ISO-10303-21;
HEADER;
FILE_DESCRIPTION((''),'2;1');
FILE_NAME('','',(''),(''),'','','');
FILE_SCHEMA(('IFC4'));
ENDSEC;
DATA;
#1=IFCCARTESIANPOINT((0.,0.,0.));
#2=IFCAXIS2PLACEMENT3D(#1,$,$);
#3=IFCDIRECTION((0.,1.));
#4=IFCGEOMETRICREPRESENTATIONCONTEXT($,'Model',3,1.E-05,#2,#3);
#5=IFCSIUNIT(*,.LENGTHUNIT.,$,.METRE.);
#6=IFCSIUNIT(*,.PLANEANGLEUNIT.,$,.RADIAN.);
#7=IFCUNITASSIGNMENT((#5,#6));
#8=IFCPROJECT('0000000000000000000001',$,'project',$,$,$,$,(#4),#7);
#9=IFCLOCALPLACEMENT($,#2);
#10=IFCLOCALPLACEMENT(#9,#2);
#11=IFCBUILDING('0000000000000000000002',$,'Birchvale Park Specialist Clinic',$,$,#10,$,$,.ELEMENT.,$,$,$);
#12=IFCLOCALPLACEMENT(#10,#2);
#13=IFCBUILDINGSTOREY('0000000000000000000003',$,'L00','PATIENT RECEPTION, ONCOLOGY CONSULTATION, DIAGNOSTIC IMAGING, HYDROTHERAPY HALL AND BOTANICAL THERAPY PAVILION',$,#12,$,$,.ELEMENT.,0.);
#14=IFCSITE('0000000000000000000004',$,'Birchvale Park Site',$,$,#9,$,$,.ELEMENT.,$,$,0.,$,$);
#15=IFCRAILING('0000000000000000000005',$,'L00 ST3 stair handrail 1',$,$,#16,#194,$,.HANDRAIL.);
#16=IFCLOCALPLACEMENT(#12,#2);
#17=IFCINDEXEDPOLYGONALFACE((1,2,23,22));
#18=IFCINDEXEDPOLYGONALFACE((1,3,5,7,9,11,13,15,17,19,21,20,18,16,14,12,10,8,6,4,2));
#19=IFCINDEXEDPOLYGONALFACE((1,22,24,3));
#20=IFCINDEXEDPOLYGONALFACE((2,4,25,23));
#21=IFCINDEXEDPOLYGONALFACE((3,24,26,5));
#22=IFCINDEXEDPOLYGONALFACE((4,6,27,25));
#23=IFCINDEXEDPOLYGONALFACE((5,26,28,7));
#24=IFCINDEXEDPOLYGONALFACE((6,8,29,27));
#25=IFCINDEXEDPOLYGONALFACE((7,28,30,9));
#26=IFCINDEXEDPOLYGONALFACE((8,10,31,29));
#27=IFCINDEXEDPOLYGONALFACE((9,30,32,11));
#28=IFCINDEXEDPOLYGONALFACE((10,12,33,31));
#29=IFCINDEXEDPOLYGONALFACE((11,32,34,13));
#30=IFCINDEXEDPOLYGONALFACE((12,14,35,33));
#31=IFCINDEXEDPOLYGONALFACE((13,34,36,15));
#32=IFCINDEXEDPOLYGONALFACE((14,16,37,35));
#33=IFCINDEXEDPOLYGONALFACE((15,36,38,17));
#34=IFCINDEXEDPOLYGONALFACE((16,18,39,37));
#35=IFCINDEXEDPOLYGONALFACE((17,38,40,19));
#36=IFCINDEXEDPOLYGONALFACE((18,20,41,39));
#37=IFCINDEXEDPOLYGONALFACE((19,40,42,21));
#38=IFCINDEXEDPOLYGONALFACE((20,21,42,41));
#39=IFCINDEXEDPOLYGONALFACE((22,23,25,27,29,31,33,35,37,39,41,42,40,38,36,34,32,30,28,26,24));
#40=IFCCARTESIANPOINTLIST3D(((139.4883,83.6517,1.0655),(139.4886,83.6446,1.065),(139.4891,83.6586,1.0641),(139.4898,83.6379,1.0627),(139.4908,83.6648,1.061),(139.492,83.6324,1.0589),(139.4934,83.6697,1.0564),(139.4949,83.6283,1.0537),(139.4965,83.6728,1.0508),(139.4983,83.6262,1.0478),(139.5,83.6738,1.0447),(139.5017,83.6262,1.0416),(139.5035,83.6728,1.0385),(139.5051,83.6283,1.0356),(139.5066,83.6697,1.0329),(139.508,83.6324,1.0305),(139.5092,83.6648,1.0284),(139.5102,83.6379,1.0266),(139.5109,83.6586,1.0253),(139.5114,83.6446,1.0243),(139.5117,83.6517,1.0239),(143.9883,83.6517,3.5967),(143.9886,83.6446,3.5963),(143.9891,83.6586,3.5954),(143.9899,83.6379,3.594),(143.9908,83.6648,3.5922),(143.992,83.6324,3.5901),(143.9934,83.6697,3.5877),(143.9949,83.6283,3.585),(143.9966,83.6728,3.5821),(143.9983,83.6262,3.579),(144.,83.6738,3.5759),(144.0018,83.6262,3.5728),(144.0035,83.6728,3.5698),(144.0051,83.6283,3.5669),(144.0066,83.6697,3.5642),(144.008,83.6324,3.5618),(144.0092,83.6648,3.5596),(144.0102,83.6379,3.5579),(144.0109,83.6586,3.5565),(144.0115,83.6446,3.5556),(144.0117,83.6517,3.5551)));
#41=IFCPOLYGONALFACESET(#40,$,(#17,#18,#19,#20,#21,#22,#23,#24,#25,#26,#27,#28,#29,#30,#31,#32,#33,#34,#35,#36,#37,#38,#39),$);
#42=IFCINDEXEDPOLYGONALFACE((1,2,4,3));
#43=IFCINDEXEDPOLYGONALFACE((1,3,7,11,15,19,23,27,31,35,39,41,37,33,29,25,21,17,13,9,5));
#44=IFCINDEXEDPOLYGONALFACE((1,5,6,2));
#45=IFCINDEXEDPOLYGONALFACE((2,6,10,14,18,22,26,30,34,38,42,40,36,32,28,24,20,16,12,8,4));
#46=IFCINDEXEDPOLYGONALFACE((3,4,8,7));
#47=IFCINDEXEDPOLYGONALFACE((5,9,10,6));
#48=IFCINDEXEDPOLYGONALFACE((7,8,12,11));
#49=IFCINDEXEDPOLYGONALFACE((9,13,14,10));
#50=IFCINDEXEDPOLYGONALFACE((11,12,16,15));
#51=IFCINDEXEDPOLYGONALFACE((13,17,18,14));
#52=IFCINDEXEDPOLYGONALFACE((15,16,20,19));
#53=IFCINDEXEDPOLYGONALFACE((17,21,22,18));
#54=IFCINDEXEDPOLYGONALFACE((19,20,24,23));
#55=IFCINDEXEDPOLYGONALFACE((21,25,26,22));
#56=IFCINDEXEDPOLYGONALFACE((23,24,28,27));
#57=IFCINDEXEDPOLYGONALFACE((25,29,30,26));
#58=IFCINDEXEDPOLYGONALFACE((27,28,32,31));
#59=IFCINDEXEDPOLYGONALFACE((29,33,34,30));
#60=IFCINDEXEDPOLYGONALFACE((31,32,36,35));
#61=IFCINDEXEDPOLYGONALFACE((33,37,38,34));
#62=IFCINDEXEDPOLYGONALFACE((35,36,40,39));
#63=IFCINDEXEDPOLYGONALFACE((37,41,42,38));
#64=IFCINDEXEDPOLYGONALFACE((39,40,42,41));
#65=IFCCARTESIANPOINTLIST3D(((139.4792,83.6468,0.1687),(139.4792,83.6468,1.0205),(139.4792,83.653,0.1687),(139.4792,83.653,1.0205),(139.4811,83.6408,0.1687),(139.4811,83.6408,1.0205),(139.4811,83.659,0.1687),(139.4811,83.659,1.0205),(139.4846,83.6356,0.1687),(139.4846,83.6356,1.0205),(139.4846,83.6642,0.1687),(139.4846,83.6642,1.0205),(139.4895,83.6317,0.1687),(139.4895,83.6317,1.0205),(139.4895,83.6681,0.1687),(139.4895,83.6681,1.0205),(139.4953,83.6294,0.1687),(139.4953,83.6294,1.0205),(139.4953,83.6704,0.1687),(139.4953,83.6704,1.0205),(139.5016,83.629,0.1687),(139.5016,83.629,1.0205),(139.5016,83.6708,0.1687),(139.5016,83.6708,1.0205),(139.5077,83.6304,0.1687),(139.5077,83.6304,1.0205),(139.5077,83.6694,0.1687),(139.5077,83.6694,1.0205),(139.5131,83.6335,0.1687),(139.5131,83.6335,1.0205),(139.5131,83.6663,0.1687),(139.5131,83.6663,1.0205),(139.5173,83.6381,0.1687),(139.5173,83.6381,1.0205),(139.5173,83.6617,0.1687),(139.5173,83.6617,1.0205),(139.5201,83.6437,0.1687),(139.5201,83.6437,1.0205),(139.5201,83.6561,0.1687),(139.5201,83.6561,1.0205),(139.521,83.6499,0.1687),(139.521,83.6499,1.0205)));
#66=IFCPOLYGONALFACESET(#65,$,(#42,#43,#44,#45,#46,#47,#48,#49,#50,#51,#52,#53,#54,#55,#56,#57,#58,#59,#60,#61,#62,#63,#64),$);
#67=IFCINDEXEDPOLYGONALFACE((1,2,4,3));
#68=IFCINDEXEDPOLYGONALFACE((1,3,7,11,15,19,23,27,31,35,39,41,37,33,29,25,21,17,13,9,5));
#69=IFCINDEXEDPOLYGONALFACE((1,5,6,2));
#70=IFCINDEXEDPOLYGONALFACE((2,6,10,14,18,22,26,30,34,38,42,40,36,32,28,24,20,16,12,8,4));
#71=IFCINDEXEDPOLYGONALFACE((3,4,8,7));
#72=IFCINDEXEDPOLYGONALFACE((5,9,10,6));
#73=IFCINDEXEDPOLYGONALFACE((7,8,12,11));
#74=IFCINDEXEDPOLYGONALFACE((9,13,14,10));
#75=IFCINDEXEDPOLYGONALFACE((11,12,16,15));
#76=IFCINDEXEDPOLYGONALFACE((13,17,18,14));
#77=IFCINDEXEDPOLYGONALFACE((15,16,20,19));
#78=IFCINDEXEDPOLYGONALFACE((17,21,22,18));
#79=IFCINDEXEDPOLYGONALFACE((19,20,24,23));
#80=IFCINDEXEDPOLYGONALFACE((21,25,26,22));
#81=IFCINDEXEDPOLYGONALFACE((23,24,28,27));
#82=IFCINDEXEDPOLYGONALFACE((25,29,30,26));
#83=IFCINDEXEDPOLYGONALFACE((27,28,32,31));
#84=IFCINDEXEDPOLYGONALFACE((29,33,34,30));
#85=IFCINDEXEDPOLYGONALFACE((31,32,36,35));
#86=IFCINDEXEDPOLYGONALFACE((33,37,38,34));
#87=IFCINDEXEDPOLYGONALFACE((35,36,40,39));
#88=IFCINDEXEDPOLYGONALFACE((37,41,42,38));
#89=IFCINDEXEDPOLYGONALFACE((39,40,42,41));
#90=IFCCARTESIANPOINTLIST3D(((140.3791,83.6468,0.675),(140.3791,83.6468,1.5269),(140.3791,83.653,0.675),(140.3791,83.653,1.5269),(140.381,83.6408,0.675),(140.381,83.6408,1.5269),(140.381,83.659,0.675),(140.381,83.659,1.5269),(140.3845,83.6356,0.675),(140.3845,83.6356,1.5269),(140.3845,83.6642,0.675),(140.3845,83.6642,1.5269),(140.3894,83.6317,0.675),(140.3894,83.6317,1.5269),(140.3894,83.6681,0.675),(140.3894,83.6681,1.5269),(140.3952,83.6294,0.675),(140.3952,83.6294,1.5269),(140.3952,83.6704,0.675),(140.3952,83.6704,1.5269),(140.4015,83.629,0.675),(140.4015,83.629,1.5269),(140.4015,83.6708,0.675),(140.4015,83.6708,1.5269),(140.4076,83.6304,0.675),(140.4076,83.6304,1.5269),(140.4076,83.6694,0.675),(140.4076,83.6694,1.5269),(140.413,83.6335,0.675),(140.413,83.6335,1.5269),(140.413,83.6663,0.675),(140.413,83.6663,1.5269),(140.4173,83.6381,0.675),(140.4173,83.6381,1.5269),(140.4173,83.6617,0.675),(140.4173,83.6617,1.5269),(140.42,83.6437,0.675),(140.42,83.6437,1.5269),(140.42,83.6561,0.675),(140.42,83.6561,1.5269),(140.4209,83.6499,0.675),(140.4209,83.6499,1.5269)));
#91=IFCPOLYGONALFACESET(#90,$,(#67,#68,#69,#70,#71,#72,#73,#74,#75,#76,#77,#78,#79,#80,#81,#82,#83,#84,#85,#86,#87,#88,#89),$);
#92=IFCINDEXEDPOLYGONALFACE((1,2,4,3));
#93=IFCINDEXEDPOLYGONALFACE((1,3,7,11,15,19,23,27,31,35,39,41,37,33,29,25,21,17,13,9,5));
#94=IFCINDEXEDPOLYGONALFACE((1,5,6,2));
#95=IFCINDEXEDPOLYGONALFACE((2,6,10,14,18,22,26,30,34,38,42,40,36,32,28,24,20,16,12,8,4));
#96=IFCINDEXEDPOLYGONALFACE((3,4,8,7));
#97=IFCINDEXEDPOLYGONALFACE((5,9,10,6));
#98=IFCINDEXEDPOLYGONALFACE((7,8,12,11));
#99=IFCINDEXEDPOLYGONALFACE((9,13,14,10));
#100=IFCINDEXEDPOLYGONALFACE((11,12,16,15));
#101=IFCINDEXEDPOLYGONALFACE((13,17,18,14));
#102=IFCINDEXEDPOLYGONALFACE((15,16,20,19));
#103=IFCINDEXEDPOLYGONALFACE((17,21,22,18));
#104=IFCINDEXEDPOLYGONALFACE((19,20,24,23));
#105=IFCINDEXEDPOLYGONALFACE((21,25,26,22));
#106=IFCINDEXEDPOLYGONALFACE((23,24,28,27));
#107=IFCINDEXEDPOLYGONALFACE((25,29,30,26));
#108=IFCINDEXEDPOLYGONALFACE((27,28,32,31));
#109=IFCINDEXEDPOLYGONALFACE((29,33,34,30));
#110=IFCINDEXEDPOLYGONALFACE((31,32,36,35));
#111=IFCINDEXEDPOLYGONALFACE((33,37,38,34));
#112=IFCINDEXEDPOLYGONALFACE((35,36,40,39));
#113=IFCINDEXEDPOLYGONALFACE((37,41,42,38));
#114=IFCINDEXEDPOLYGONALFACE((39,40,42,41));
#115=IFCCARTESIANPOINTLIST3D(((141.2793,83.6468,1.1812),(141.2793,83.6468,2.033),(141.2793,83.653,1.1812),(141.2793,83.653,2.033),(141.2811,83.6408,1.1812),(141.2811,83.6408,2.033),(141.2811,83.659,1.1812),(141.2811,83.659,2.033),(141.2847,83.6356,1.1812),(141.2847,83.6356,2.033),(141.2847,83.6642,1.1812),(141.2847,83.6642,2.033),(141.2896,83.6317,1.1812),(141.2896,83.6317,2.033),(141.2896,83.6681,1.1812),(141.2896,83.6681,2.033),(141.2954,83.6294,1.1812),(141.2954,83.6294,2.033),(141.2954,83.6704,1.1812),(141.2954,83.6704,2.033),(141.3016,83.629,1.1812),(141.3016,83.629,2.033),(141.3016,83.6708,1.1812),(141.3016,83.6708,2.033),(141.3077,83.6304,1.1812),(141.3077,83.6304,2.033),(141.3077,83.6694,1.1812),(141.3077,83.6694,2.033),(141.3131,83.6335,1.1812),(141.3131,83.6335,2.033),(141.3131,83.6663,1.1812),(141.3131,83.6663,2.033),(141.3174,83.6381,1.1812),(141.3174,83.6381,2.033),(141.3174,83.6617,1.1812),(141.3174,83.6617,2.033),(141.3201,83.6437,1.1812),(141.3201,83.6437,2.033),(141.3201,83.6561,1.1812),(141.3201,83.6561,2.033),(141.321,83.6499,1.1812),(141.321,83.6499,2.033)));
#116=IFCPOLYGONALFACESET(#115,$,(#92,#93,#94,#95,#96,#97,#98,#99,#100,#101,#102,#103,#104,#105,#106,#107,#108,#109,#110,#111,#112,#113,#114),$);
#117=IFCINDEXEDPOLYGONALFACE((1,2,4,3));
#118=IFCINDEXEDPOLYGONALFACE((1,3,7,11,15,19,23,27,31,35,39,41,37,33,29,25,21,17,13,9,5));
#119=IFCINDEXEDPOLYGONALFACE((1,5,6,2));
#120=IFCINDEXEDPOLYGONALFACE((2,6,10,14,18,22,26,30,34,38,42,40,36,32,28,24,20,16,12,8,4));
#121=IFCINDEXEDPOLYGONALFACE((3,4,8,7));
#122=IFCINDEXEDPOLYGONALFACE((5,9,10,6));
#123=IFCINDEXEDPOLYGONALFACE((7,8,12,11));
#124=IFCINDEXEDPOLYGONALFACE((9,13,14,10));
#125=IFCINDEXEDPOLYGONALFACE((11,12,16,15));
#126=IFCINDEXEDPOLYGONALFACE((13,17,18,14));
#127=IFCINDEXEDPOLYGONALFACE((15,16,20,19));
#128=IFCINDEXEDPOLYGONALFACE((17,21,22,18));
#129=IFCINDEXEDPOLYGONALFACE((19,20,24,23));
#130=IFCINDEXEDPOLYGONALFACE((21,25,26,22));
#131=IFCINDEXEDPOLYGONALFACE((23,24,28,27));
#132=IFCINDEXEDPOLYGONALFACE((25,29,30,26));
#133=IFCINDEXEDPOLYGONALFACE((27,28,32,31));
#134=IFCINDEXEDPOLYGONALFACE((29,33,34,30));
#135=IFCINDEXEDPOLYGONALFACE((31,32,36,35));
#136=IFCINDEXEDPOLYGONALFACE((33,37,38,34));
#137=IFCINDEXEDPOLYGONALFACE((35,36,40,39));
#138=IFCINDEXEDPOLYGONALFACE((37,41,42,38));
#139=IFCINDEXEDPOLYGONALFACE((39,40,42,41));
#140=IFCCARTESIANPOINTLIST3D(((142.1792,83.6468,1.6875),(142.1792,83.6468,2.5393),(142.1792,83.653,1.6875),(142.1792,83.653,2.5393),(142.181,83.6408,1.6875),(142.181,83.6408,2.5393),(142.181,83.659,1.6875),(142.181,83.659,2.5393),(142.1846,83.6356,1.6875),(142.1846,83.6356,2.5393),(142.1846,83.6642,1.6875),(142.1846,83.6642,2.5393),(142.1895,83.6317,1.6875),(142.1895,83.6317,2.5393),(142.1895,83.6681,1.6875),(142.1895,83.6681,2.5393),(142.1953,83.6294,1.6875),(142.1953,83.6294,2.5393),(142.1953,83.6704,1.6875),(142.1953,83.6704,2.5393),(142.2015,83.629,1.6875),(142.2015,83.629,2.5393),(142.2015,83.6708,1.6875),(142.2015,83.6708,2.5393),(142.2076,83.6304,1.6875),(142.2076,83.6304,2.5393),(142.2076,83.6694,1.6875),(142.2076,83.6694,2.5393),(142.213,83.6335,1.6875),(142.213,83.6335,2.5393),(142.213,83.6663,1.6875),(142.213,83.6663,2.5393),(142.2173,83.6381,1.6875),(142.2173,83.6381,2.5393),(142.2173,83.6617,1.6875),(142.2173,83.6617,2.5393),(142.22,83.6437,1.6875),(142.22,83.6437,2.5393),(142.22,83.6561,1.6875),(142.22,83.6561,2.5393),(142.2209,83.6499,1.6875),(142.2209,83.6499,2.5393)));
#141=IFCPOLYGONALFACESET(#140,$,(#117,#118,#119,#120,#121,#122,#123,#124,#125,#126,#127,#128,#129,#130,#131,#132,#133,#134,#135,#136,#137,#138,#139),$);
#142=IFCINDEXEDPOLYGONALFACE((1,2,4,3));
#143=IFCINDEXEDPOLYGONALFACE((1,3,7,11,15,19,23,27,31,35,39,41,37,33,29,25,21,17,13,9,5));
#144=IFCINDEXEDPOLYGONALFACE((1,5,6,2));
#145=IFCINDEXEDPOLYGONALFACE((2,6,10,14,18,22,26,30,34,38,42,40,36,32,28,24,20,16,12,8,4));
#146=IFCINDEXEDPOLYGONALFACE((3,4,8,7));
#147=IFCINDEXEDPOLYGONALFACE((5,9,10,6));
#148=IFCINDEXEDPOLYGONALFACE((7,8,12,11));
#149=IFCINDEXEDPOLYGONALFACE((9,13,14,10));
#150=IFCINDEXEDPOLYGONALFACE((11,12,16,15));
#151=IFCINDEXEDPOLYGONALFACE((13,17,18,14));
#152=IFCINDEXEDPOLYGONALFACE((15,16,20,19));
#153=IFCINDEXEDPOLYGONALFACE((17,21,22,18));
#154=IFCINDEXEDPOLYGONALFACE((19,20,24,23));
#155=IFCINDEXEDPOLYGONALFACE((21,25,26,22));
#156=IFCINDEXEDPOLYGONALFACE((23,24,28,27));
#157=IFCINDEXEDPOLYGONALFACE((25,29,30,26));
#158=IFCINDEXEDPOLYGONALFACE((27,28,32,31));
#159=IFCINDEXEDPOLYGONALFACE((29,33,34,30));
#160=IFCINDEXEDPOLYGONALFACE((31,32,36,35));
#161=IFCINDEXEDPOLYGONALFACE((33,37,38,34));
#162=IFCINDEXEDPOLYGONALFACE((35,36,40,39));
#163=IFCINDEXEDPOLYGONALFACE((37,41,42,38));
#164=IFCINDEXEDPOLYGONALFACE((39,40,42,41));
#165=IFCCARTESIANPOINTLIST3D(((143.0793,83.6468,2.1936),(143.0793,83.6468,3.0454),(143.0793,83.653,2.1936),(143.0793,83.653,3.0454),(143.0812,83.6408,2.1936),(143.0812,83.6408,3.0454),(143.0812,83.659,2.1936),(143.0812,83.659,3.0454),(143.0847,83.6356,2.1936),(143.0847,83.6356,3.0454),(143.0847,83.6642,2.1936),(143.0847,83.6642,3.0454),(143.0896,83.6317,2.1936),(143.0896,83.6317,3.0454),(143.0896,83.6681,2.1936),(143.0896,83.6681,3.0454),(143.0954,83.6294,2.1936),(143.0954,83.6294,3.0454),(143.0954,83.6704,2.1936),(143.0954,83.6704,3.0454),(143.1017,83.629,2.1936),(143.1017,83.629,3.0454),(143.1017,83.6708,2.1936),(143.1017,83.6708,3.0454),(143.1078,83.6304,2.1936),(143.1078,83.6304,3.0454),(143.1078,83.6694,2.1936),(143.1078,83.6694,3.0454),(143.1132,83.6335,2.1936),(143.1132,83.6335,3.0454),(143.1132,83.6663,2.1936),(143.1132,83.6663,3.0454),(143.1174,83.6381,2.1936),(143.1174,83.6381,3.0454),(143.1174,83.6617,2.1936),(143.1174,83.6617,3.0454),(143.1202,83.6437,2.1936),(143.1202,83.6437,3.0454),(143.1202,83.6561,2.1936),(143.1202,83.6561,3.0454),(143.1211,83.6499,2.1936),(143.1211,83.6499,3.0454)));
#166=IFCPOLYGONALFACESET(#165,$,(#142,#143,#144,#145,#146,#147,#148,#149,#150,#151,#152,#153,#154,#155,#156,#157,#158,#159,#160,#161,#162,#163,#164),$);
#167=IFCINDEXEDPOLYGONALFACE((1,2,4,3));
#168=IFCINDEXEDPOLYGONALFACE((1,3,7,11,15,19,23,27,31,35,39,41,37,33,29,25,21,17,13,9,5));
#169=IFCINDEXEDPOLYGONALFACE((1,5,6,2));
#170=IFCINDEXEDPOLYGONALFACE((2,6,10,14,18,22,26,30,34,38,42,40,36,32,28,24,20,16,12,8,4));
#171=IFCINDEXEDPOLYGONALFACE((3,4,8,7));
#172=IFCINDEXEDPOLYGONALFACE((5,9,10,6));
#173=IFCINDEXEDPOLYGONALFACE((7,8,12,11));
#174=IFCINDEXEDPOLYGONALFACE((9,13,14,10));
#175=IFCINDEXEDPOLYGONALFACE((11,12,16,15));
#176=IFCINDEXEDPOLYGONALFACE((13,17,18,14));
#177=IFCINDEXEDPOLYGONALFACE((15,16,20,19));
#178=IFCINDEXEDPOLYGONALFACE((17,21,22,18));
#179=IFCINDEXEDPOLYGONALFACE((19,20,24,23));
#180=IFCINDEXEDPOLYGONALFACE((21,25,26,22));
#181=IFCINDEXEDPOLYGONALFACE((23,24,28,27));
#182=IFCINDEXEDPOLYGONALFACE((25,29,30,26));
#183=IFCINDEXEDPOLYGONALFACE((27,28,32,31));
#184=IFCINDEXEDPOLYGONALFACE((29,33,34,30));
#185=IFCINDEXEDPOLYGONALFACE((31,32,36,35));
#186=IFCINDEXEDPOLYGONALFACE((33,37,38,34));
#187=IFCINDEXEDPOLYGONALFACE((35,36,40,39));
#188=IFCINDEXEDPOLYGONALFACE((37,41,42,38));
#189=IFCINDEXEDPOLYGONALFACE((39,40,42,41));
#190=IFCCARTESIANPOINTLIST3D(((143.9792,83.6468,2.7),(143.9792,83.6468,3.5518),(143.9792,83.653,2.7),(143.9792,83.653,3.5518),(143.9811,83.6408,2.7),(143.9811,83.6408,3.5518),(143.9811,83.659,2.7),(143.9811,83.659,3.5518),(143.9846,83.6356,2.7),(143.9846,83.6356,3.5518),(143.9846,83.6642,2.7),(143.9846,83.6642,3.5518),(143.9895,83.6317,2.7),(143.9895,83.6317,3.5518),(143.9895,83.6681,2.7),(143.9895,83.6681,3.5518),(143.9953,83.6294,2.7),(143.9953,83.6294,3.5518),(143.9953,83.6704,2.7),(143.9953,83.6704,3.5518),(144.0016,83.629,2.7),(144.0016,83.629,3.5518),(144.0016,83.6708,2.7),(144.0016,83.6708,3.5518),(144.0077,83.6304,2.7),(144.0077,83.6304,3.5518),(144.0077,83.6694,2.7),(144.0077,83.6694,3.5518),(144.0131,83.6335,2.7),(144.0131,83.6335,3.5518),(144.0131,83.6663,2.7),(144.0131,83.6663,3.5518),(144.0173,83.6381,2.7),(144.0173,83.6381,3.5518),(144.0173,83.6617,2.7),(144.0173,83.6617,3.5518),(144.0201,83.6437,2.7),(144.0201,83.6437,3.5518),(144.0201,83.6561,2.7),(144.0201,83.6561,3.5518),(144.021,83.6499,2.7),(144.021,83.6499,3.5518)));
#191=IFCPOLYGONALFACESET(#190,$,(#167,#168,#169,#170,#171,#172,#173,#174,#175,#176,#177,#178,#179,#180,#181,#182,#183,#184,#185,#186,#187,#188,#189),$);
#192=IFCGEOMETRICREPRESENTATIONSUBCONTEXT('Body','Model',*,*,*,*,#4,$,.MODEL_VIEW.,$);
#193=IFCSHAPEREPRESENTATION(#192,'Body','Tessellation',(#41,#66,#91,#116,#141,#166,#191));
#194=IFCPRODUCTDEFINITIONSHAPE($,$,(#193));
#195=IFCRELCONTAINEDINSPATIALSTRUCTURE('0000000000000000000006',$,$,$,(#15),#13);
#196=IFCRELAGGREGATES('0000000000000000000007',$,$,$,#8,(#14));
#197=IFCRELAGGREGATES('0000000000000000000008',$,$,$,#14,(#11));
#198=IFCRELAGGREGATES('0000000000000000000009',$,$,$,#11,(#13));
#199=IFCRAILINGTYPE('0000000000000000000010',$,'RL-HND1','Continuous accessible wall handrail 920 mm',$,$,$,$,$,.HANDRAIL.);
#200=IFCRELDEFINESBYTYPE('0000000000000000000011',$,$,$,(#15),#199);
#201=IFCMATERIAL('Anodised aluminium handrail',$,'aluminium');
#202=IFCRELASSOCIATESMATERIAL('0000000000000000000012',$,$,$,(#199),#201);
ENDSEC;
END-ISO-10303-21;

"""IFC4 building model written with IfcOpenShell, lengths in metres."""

from ifc_helpers import new_model, si_unit, direction, frame, origin, origin_2d, place, context, subcontext, project, spatial, circle, extrude, material, type_object, element, save


model = new_model("IFC4")

# Units and contexts
model_context = context("Model", 3, precision=1e-05, world=origin(), true_north=direction((0.0, 1.0)))
body_context = subcontext(model_context, "Body", "Model", "MODEL_VIEW")
ifc_project = project(units=[si_unit("LENGTHUNIT", "METRE"), si_unit("PLANEANGLEUNIT", "RADIAN")], contexts=[model_context])

# Site, building, storey
site_placement = place(None, origin())
site = spatial("IfcSite", under=ifc_project, at=site_placement, Name="Birchvale Park Site", CompositionType="ELEMENT", RefElevation=0.0)
building_placement = place(site_placement, origin())
building = spatial("IfcBuilding", under=site, at=building_placement, Name="Birchvale Park Specialist Clinic", CompositionType="ELEMENT")
storey_placement = place(building_placement, origin())
storey = spatial("IfcBuildingStorey", under=building, at=storey_placement, Name="L00", Description="PATIENT RECEPTION, ONCOLOGY CONSULTATION, DIAGNOSTIC IMAGING, HYDROTHERAPY HALL AND BOTANICAL THERAPY PAVILION", CompositionType="ELEMENT", Elevation=0.0)

# Railing
ifc_material_1 = material(Name="Anodised aluminium handrail", Category="aluminium")
railing_type_1 = type_object("IfcRailingType", Name="RL-HND1", Description="Continuous accessible wall handrail 920 mm", PredefinedType="HANDRAIL", material=ifc_material_1)
railing_1_placement = place(storey_placement, frame((139.5, 83.6499, 0.1687)))
element("IfcRailing", 1, at=railing_1_placement, inside=storey, type_object=railing_type_1, Name="L00 ST3 stair handrail 1", PredefinedType="HANDRAIL", context=body_context, shape_type="SweptSolid", body=[
    extrude(circle(Radius=0.0239, at=origin_2d()), frame((0.0, 0.0, 0.876), z_axis=(0.871576, 0.0, 0.490261), x_axis=(0.0, 1.0, 0.0)), (0.0, 0.0, 1.0), 5.1631),
    extrude(circle(Radius=0.021, at=origin_2d()), origin(), (0.0, 0.0, 1.0), 0.8518),
    extrude(circle(Radius=0.021, at=origin_2d()), frame((0.8999, 0.0, 0.5063)), (0.0, 0.0, 1.0), 0.8518),
    extrude(circle(Radius=0.021, at=origin_2d()), frame((1.8, 0.0, 1.0125)), (0.0, 0.0, 1.0), 0.8518),
    extrude(circle(Radius=0.021, at=origin_2d()), frame((2.7, 0.0, 1.5188)), (0.0, 0.0, 1.0), 0.8518),
    extrude(circle(Radius=0.021, at=origin_2d()), frame((3.6001, 0.0, 2.0249)), (0.0, 0.0, 1.0), 0.8518),
    extrude(circle(Radius=0.021, at=origin_2d()), frame((4.5, 0.0, 2.5312)), (0.0, 0.0, 1.0), 0.8518),
])

save(model, "model.ifc")
